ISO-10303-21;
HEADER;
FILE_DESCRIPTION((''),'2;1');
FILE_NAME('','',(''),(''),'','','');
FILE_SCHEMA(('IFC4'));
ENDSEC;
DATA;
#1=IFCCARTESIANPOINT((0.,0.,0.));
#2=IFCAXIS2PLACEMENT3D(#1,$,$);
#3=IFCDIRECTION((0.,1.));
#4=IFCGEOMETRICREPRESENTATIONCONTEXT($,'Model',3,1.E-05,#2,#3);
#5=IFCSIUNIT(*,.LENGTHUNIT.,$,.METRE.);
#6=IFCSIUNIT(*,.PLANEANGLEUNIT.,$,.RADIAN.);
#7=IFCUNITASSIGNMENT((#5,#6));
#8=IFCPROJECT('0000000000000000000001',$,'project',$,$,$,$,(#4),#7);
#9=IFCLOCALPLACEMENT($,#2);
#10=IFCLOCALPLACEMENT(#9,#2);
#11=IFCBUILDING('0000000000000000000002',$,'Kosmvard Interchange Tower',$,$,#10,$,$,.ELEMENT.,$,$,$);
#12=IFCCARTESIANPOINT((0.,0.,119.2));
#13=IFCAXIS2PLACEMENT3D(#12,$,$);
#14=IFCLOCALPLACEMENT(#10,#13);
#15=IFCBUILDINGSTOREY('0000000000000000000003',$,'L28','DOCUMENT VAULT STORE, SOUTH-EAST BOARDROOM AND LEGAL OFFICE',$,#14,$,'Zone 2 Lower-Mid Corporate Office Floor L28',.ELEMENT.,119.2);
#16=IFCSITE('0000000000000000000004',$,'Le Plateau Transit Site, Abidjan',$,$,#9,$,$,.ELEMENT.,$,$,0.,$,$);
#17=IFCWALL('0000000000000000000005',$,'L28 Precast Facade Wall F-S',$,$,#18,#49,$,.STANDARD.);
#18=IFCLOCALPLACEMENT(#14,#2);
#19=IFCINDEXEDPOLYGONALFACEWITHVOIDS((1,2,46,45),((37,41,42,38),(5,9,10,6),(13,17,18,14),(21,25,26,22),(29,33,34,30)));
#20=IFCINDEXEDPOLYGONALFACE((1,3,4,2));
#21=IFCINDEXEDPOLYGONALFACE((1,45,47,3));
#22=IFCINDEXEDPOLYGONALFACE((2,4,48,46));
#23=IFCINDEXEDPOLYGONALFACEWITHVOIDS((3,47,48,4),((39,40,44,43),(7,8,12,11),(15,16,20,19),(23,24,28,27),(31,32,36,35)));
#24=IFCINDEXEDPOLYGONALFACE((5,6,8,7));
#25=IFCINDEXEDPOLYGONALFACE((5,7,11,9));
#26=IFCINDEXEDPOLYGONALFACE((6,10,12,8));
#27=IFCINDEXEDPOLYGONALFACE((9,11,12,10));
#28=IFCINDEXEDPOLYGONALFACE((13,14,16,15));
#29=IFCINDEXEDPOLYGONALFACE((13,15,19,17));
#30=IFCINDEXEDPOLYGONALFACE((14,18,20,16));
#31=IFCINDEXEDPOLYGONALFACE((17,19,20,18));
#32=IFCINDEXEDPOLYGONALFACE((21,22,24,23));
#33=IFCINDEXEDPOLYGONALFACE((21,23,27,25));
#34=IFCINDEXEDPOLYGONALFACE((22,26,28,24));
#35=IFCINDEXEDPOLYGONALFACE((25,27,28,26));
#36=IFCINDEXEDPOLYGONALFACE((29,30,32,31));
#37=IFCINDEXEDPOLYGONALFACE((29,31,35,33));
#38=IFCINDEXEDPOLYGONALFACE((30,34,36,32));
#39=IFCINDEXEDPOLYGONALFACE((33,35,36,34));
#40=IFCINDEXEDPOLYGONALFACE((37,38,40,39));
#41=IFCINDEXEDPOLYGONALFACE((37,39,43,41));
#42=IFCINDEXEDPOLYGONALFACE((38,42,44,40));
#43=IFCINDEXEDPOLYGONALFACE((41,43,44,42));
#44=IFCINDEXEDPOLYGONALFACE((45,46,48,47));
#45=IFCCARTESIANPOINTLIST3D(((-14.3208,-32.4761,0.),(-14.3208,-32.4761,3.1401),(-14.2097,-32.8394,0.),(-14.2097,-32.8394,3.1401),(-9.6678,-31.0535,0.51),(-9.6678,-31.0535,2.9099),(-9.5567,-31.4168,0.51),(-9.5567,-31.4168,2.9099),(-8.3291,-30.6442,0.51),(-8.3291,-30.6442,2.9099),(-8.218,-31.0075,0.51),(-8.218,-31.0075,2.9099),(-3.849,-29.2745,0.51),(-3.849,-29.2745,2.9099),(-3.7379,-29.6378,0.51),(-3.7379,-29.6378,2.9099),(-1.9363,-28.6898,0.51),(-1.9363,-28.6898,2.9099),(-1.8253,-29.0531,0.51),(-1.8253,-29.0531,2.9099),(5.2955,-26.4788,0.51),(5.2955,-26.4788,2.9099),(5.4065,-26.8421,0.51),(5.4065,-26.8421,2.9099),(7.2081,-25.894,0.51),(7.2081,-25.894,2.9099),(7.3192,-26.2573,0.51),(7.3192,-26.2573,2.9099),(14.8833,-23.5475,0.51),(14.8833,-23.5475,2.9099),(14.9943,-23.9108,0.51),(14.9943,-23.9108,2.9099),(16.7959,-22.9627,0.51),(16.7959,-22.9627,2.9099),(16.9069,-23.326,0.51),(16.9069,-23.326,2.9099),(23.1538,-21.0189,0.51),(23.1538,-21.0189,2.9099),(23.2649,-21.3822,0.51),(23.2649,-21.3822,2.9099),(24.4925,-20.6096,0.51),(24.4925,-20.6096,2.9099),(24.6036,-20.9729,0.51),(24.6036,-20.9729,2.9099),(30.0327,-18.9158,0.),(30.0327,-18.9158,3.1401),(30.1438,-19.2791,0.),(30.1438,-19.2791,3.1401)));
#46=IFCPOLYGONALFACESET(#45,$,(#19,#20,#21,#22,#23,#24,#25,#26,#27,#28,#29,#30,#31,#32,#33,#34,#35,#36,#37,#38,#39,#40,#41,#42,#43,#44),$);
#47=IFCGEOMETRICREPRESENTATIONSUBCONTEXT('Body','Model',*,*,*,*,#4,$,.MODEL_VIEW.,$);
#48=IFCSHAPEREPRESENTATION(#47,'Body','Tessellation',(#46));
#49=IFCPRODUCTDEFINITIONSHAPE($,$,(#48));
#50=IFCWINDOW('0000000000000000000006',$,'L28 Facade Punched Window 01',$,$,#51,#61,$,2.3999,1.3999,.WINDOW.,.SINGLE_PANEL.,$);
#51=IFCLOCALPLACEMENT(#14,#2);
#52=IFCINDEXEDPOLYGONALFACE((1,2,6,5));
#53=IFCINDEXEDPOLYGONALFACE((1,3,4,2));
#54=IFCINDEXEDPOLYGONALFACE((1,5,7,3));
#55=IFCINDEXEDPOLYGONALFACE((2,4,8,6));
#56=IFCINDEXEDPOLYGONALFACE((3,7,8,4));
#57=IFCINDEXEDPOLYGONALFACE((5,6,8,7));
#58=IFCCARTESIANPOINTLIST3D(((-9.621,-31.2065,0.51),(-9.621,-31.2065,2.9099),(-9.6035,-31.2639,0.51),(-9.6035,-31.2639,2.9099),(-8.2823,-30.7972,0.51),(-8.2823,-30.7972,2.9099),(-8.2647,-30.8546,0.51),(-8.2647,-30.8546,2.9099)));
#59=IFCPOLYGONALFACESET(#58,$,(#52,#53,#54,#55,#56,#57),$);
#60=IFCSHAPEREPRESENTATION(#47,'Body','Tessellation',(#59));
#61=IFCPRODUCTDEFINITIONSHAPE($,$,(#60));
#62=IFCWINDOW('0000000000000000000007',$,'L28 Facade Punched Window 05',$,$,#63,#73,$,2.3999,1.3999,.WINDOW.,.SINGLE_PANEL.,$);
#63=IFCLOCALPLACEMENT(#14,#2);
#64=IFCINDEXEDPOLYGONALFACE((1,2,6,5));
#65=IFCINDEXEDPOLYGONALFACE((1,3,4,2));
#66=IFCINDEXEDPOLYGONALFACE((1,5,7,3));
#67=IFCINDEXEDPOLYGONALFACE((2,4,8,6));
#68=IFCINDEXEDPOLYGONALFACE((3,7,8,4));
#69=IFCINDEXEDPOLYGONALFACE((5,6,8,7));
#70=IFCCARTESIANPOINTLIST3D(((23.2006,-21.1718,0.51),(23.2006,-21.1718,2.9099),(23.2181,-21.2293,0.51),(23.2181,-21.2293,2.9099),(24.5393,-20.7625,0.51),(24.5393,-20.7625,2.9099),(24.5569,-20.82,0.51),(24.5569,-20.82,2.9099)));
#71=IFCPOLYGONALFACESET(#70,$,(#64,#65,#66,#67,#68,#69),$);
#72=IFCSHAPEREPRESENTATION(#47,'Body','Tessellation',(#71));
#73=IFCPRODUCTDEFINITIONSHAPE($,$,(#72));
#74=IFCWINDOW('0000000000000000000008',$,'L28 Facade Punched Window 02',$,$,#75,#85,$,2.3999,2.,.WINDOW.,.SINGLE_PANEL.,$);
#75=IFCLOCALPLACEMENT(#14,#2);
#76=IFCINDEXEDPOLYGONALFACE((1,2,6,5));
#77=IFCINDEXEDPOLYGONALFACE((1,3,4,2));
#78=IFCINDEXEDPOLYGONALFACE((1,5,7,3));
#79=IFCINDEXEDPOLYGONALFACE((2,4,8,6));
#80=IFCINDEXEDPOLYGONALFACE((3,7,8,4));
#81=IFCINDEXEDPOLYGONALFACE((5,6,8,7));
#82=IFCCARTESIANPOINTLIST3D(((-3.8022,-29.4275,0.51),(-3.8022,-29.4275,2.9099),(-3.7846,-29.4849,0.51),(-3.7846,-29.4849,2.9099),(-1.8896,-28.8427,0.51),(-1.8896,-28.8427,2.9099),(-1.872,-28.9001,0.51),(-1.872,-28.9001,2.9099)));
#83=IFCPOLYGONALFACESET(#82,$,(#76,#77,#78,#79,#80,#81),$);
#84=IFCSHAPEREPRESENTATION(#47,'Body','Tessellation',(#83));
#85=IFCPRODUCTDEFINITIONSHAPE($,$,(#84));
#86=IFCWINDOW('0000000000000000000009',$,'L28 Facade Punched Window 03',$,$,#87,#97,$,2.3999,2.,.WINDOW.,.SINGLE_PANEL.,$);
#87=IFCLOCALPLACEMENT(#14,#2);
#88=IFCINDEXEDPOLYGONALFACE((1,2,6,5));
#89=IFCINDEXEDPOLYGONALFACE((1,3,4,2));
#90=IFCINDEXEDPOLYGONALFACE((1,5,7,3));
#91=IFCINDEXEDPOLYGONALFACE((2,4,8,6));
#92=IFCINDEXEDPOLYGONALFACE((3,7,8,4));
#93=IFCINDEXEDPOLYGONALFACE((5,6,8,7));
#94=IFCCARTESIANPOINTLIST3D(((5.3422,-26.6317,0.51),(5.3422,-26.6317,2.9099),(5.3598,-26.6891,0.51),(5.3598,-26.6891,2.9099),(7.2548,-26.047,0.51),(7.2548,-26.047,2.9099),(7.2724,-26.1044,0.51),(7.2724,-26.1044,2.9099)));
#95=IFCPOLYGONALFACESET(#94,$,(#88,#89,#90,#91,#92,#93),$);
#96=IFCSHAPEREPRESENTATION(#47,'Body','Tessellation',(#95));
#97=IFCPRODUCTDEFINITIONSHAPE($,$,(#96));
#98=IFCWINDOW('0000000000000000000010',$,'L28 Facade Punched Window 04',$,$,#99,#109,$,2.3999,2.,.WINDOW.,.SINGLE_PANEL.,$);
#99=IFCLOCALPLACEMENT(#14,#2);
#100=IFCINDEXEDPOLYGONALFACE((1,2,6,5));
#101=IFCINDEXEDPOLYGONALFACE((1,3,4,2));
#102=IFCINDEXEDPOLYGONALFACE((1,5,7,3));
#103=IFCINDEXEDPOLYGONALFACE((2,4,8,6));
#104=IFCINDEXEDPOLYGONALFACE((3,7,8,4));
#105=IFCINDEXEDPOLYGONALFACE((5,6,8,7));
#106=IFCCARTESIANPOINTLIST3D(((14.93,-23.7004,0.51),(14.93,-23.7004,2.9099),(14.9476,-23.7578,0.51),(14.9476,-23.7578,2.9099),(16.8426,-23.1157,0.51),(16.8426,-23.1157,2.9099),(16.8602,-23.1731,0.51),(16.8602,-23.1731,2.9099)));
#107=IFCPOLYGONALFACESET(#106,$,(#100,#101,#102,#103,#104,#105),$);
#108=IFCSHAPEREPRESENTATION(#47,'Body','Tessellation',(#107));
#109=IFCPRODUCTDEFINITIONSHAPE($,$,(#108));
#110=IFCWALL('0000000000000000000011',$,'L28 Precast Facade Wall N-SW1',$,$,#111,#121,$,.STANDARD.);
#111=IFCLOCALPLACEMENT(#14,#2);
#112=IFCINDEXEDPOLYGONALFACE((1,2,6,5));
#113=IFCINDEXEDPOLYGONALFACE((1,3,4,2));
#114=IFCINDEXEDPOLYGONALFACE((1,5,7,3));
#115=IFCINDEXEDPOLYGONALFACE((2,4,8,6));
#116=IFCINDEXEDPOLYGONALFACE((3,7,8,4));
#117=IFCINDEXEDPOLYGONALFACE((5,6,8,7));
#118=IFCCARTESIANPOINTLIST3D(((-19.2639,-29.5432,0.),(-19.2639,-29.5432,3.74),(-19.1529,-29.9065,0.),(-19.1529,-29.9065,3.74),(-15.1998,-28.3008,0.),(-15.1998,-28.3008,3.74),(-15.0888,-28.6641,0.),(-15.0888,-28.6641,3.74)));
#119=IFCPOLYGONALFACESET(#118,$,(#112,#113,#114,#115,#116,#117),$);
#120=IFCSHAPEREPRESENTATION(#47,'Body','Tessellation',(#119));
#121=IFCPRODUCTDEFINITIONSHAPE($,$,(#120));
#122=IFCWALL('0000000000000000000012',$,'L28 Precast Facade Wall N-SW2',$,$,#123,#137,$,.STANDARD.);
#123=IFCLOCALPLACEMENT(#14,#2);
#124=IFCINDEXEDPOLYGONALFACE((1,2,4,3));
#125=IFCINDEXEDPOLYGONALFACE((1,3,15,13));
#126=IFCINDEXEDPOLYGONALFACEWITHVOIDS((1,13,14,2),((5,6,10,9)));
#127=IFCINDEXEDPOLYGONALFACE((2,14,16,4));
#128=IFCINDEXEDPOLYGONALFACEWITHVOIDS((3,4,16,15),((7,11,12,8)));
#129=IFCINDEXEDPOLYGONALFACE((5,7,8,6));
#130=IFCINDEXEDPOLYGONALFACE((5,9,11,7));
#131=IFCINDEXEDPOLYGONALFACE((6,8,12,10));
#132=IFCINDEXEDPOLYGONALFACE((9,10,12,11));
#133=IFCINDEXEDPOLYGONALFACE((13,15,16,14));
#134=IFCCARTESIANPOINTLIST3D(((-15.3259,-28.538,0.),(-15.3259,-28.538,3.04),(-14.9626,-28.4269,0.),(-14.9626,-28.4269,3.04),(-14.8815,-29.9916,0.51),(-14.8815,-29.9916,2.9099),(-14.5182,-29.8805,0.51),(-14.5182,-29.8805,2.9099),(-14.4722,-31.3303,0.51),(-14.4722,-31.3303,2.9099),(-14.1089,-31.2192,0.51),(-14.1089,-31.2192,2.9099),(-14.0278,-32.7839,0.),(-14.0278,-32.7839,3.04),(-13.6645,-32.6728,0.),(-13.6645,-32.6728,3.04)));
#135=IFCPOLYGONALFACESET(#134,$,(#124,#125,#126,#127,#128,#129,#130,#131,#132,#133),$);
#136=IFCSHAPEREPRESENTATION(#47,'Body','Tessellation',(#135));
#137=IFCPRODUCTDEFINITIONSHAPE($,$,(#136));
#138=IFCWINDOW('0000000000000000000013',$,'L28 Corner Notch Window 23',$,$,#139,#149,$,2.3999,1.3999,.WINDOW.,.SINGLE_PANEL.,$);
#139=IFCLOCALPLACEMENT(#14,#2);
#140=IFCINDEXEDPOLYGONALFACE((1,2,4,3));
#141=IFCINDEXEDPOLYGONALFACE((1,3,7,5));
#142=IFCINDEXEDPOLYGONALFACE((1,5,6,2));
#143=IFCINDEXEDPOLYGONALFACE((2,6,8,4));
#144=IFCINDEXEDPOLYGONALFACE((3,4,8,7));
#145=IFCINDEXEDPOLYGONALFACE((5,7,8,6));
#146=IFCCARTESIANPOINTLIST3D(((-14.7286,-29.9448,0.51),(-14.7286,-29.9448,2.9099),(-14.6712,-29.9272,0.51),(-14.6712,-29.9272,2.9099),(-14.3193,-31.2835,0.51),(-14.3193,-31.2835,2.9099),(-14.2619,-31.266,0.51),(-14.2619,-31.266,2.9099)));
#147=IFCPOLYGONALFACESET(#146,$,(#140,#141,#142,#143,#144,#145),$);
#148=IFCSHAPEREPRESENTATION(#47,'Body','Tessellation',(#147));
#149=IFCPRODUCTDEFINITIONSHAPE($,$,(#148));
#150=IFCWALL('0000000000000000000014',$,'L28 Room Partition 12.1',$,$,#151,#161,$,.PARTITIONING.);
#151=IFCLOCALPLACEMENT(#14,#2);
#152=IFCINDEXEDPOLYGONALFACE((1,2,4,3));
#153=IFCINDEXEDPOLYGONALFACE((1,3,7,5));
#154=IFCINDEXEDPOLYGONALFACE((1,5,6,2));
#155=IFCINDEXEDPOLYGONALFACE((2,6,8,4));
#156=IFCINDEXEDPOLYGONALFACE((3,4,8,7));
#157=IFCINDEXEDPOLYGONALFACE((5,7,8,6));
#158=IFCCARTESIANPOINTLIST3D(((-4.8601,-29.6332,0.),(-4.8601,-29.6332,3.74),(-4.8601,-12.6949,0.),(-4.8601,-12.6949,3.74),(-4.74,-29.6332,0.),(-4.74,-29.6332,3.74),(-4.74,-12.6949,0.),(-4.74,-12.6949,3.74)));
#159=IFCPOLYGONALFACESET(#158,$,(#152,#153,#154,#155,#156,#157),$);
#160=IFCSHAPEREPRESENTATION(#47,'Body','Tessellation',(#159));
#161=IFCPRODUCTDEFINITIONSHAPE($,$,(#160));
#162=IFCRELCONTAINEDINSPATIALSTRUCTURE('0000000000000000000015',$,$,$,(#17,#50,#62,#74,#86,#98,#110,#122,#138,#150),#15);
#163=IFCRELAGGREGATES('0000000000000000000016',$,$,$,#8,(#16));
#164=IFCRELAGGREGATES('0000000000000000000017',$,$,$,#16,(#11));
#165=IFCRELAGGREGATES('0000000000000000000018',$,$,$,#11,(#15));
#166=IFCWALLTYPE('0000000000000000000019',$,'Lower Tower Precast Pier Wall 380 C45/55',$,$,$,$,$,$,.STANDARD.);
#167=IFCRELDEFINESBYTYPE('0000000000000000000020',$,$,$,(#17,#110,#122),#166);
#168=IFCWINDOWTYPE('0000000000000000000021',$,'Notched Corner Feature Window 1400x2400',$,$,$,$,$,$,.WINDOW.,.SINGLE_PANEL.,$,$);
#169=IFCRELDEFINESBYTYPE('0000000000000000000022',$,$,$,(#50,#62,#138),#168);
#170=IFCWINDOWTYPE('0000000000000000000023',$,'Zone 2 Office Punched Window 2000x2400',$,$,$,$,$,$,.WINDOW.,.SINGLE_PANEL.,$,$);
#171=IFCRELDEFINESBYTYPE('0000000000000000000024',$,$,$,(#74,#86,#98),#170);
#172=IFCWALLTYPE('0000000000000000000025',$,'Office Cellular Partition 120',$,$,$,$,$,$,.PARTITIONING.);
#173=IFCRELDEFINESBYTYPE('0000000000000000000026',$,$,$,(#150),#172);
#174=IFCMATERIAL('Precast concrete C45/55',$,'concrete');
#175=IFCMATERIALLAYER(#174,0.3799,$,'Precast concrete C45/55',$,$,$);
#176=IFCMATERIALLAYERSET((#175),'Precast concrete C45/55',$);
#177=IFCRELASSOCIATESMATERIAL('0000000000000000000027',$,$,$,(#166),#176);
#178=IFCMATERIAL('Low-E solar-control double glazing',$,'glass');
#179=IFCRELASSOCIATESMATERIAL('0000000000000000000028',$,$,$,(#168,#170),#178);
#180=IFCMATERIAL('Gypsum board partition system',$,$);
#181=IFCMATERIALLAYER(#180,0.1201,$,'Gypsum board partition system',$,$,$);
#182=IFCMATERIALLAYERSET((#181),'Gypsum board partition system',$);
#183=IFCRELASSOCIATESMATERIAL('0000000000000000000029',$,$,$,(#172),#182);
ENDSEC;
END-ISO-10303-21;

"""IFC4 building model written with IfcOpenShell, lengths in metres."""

from ifc_helpers import new_model, si_unit, direction, frame, frame_2d, origin, place, context, subcontext, project, spatial, rectangle, extrude, source, transform, mapped, material, layer, layer_set, type_object, element, fill, save


model = new_model("IFC4")

# Units and contexts
model_context = context("Model", 3, precision=1e-05, world=origin(), true_north=direction((0.0, 1.0)))
body_context = subcontext(model_context, "Body", "Model", "MODEL_VIEW")
ifc_project = project(units=[si_unit("LENGTHUNIT", "METRE"), si_unit("PLANEANGLEUNIT", "RADIAN")], contexts=[model_context])

# Site, building, storey
site_placement = place(None, origin())
site = spatial("IfcSite", under=ifc_project, at=site_placement, Name="Le Plateau Transit Site, Abidjan", CompositionType="ELEMENT", RefElevation=0.0)
building_placement = place(site_placement, origin())
building = spatial("IfcBuilding", under=site, at=building_placement, Name="Kosmvard Interchange Tower", CompositionType="ELEMENT")
storey_placement = place(building_placement, frame((0.0, 0.0, 119.2)))
storey = spatial("IfcBuildingStorey", under=building, at=storey_placement, Name="L28", Description="DOCUMENT VAULT STORE, SOUTH-EAST BOARDROOM AND LEGAL OFFICE", LongName="Zone 2 Lower-Mid Corporate Office Floor L28", CompositionType="ELEMENT", Elevation=119.2)

# Shared definitions
ifc_material_1 = material(Name="Precast concrete C45/55", Category="concrete")

# Wall, openings, windows
ifc_layer_1 = layer(ifc_material_1, 0.3799, Name="Precast concrete C45/55")
ifc_layer_set_1 = layer_set([ifc_layer_1], Name="Precast concrete C45/55")
wall_type_1 = type_object("IfcWallType", Name="Lower Tower Precast Pier Wall 380 C45/55", PredefinedType="STANDARD", material=ifc_layer_set_1)
wall_1_placement = place(storey_placement, frame((-14.2651, -32.6577, 0.0), z_axis=(0.0, 0.0, 1.0), x_axis=(0.956304, 0.292373, 0.0)))
wall_1 = element("IfcWall", 1, at=wall_1_placement, inside=storey, type_object=wall_type_1, Name="L28 Precast Facade Wall F-S", PredefinedType="STANDARD", context=body_context, shape_type="SweptSolid", body=[
    extrude(rectangle(XDim=46.3801, YDim=0.3799, at=frame_2d((23.1899, 0.0))), origin(), (0.0, 0.0, 1.0), 3.1401),
])
opening_1_placement = place(wall_1_placement, frame((4.8655, 0.0, 0.51)))
opening_1 = element("IfcOpeningElement", 2, at=opening_1_placement, cuts=wall_1, PredefinedType="OPENING", context=body_context, shape_type="SweptSolid", body=[
    extrude(rectangle(XDim=1.3999, YDim=2.3999, at=frame_2d((0.7, 1.2))), frame((0.0, 0.2, 0.0), z_axis=(0.0, -1.0, 0.0), x_axis=(1.0, 0.0, 0.0)), (0.0, 0.0, 1.0), 0.3999),
])
opening_2_placement = place(wall_1_placement, frame((10.9502, 0.0, 0.51)))
opening_2 = element("IfcOpeningElement", 3, at=opening_2_placement, cuts=wall_1, PredefinedType="OPENING", context=body_context, shape_type="SweptSolid", body=[
    extrude(rectangle(XDim=2.0, YDim=2.3999, at=frame_2d((1.0, 1.2))), frame((0.0, 0.2, 0.0), z_axis=(0.0, -1.0, 0.0), x_axis=(1.0, 0.0, 0.0)), (0.0, 0.0, 1.0), 0.3999),
])
opening_3_placement = place(wall_1_placement, frame((20.5125, 0.0, 0.51)))
opening_3 = element("IfcOpeningElement", 4, at=opening_3_placement, cuts=wall_1, PredefinedType="OPENING", context=body_context, shape_type="SweptSolid", body=[
    extrude(rectangle(XDim=2.0, YDim=2.3999, at=frame_2d((1.0, 1.2))), frame((0.0, 0.2, 0.0), z_axis=(0.0, -1.0, 0.0), x_axis=(1.0, 0.0, 0.0)), (0.0, 0.0, 1.0), 0.3999),
])
opening_4_placement = place(wall_1_placement, frame((30.5383, 0.0, 0.51)))
opening_4 = element("IfcOpeningElement", 5, at=opening_4_placement, cuts=wall_1, PredefinedType="OPENING", context=body_context, shape_type="SweptSolid", body=[
    extrude(rectangle(XDim=2.0, YDim=2.3999, at=frame_2d((1.0, 1.2))), frame((0.0, 0.2, 0.0), z_axis=(0.0, -1.0, 0.0), x_axis=(1.0, 0.0, 0.0)), (0.0, 0.0, 1.0), 0.3999),
])
opening_5_placement = place(wall_1_placement, frame((39.1868, 0.0, 0.51)))
opening_5 = element("IfcOpeningElement", 6, at=opening_5_placement, cuts=wall_1, PredefinedType="OPENING", context=body_context, shape_type="SweptSolid", body=[
    extrude(rectangle(XDim=1.3999, YDim=2.3999, at=frame_2d((0.7, 1.2))), frame((0.0, 0.2, 0.0), z_axis=(0.0, -1.0, 0.0), x_axis=(1.0, 0.0, 0.0)), (0.0, 0.0, 1.0), 0.3999),
])
ifc_material_2 = material(Name="Low-E solar-control double glazing", Category="glass")
window_type_1 = type_object("IfcWindowType", Name="Notched Corner Feature Window 1400x2400", PartitioningType="SINGLE_PANEL", PredefinedType="WINDOW", material=ifc_material_2)
shared_shape_1 = source(origin(), body_context, "Body", "SweptSolid", [
    extrude(rectangle(XDim=1.3999, YDim=2.3999, at=frame_2d((0.7, 1.2))), frame((0.0, 0.03, 0.0), z_axis=(0.0, -1.0, 0.0), x_axis=(1.0, 0.0, 0.0)), (0.0, 0.0, 1.0), 0.0601),
])
window_1_placement = place(opening_1_placement, origin())
window_1 = element("IfcWindow", 7, at=window_1_placement, inside=storey, type_object=window_type_1, Name="L28 Facade Punched Window 01", OverallHeight=2.3999, OverallWidth=1.3999, PartitioningType="SINGLE_PANEL", PredefinedType="WINDOW", context=body_context, shape_type="MappedRepresentation", body=[
    mapped(shared_shape_1, transform((0.0, 0.0, 0.0), scale=1.0)),
])
fill(opening_1, window_1)
window_2_placement = place(opening_5_placement, origin())
window_2 = element("IfcWindow", 8, at=window_2_placement, inside=storey, type_object=window_type_1, Name="L28 Facade Punched Window 05", OverallHeight=2.3999, OverallWidth=1.3999, PartitioningType="SINGLE_PANEL", PredefinedType="WINDOW", context=body_context, shape_type="MappedRepresentation", body=[
    mapped(shared_shape_1, transform((0.0, 0.0, 0.0), scale=1.0)),
])
fill(opening_5, window_2)
window_type_2 = type_object("IfcWindowType", Name="Zone 2 Office Punched Window 2000x2400", PartitioningType="SINGLE_PANEL", PredefinedType="WINDOW", material=ifc_material_2)
shared_shape_2 = source(origin(), body_context, "Body", "SweptSolid", [
    extrude(rectangle(XDim=2.0, YDim=2.3999, at=frame_2d((1.0, 1.2))), frame((0.0, 0.03, 0.0), z_axis=(0.0, -1.0, 0.0), x_axis=(1.0, 0.0, 0.0)), (0.0, 0.0, 1.0), 0.0601),
])
window_3_placement = place(opening_2_placement, origin())
window_3 = element("IfcWindow", 9, at=window_3_placement, inside=storey, type_object=window_type_2, Name="L28 Facade Punched Window 02", OverallHeight=2.3999, OverallWidth=2.0, PartitioningType="SINGLE_PANEL", PredefinedType="WINDOW", context=body_context, shape_type="MappedRepresentation", body=[
    mapped(shared_shape_2, transform((0.0, 0.0, 0.0), scale=1.0)),
])
fill(opening_2, window_3)
window_4_placement = place(opening_3_placement, origin())
window_4 = element("IfcWindow", 10, at=window_4_placement, inside=storey, type_object=window_type_2, Name="L28 Facade Punched Window 03", OverallHeight=2.3999, OverallWidth=2.0, PartitioningType="SINGLE_PANEL", PredefinedType="WINDOW", context=body_context, shape_type="MappedRepresentation", body=[
    mapped(shared_shape_2, transform((0.0, 0.0, 0.0), scale=1.0)),
])
fill(opening_3, window_4)
window_5_placement = place(opening_4_placement, origin())
window_5 = element("IfcWindow", 11, at=window_5_placement, inside=storey, type_object=window_type_2, Name="L28 Facade Punched Window 04", OverallHeight=2.3999, OverallWidth=2.0, PartitioningType="SINGLE_PANEL", PredefinedType="WINDOW", context=body_context, shape_type="MappedRepresentation", body=[
    mapped(shared_shape_2, transform((0.0, 0.0, 0.0), scale=1.0)),
])
fill(opening_4, window_5)

# Wall
wall_2_placement = place(storey_placement, frame((-19.2085, -29.7249, 0.0), z_axis=(0.0, 0.0, 1.0), x_axis=(0.956313, 0.292346, 0.0)))
element("IfcWall", 12, at=wall_2_placement, inside=storey, type_object=wall_type_1, Name="L28 Precast Facade Wall N-SW1", PredefinedType="STANDARD", context=body_context, shape_type="SweptSolid", body=[
    extrude(rectangle(XDim=4.2498, YDim=0.3799, at=frame_2d((2.125, 0.0))), origin(), (0.0, 0.0, 1.0), 3.74),
])

# Wall, opening, window
wall_3_placement = place(storey_placement, frame((-15.1443, -28.4824, 0.0), z_axis=(0.0, 0.0, 1.0), x_axis=(0.292374, -0.956304, 0.0)))
wall_3 = element("IfcWall", 13, at=wall_3_placement, inside=storey, type_object=wall_type_1, Name="L28 Precast Facade Wall N-SW2", PredefinedType="STANDARD", context=body_context, shape_type="SweptSolid", body=[
    extrude(rectangle(XDim=4.4399, YDim=0.3799, at=frame_2d((2.22, 0.0))), origin(), (0.0, 0.0, 1.0), 3.04),
])
opening_6_placement = place(wall_3_placement, frame((1.52, 0.0, 0.51)))
opening_6 = element("IfcOpeningElement", 14, at=opening_6_placement, cuts=wall_3, PredefinedType="OPENING", context=body_context, shape_type="SweptSolid", body=[
    extrude(rectangle(XDim=1.3999, YDim=2.3999, at=frame_2d((0.7, 1.2))), frame((0.0, 0.2, 0.0), z_axis=(0.0, -1.0, 0.0), x_axis=(1.0, 0.0, 0.0)), (0.0, 0.0, 1.0), 0.3999),
])
window_6_placement = place(opening_6_placement, origin())
window_6 = element("IfcWindow", 15, at=window_6_placement, inside=storey, type_object=window_type_1, Name="L28 Corner Notch Window 23", OverallHeight=2.3999, OverallWidth=1.3999, PartitioningType="SINGLE_PANEL", PredefinedType="WINDOW", context=body_context, shape_type="MappedRepresentation", body=[
    mapped(shared_shape_1, transform((0.0, 0.0, 0.0), scale=1.0)),
])
fill(opening_6, window_6)

# Wall
ifc_material_3 = material(Name="Gypsum board partition system")
ifc_layer_2 = layer(ifc_material_3, 0.1201, Name="Gypsum board partition system")
ifc_layer_set_2 = layer_set([ifc_layer_2], Name="Gypsum board partition system")
wall_type_2 = type_object("IfcWallType", Name="Office Cellular Partition 120", PredefinedType="PARTITIONING", material=ifc_layer_set_2)
wall_4_placement = place(storey_placement, frame((-4.8, -29.6333, 0.0), z_axis=(0.0, 0.0, 1.0), x_axis=(0.0, 1.0, 0.0)))
element("IfcWall", 16, at=wall_4_placement, inside=storey, type_object=wall_type_2, Name="L28 Room Partition 12.1", PredefinedType="PARTITIONING", context=body_context, shape_type="SweptSolid", body=[
    extrude(rectangle(XDim=16.9382, YDim=0.1201, at=frame_2d((8.4692, 0.0))), origin(), (0.0, 0.0, 1.0), 3.74),
])

save(model, "model.ifc")
